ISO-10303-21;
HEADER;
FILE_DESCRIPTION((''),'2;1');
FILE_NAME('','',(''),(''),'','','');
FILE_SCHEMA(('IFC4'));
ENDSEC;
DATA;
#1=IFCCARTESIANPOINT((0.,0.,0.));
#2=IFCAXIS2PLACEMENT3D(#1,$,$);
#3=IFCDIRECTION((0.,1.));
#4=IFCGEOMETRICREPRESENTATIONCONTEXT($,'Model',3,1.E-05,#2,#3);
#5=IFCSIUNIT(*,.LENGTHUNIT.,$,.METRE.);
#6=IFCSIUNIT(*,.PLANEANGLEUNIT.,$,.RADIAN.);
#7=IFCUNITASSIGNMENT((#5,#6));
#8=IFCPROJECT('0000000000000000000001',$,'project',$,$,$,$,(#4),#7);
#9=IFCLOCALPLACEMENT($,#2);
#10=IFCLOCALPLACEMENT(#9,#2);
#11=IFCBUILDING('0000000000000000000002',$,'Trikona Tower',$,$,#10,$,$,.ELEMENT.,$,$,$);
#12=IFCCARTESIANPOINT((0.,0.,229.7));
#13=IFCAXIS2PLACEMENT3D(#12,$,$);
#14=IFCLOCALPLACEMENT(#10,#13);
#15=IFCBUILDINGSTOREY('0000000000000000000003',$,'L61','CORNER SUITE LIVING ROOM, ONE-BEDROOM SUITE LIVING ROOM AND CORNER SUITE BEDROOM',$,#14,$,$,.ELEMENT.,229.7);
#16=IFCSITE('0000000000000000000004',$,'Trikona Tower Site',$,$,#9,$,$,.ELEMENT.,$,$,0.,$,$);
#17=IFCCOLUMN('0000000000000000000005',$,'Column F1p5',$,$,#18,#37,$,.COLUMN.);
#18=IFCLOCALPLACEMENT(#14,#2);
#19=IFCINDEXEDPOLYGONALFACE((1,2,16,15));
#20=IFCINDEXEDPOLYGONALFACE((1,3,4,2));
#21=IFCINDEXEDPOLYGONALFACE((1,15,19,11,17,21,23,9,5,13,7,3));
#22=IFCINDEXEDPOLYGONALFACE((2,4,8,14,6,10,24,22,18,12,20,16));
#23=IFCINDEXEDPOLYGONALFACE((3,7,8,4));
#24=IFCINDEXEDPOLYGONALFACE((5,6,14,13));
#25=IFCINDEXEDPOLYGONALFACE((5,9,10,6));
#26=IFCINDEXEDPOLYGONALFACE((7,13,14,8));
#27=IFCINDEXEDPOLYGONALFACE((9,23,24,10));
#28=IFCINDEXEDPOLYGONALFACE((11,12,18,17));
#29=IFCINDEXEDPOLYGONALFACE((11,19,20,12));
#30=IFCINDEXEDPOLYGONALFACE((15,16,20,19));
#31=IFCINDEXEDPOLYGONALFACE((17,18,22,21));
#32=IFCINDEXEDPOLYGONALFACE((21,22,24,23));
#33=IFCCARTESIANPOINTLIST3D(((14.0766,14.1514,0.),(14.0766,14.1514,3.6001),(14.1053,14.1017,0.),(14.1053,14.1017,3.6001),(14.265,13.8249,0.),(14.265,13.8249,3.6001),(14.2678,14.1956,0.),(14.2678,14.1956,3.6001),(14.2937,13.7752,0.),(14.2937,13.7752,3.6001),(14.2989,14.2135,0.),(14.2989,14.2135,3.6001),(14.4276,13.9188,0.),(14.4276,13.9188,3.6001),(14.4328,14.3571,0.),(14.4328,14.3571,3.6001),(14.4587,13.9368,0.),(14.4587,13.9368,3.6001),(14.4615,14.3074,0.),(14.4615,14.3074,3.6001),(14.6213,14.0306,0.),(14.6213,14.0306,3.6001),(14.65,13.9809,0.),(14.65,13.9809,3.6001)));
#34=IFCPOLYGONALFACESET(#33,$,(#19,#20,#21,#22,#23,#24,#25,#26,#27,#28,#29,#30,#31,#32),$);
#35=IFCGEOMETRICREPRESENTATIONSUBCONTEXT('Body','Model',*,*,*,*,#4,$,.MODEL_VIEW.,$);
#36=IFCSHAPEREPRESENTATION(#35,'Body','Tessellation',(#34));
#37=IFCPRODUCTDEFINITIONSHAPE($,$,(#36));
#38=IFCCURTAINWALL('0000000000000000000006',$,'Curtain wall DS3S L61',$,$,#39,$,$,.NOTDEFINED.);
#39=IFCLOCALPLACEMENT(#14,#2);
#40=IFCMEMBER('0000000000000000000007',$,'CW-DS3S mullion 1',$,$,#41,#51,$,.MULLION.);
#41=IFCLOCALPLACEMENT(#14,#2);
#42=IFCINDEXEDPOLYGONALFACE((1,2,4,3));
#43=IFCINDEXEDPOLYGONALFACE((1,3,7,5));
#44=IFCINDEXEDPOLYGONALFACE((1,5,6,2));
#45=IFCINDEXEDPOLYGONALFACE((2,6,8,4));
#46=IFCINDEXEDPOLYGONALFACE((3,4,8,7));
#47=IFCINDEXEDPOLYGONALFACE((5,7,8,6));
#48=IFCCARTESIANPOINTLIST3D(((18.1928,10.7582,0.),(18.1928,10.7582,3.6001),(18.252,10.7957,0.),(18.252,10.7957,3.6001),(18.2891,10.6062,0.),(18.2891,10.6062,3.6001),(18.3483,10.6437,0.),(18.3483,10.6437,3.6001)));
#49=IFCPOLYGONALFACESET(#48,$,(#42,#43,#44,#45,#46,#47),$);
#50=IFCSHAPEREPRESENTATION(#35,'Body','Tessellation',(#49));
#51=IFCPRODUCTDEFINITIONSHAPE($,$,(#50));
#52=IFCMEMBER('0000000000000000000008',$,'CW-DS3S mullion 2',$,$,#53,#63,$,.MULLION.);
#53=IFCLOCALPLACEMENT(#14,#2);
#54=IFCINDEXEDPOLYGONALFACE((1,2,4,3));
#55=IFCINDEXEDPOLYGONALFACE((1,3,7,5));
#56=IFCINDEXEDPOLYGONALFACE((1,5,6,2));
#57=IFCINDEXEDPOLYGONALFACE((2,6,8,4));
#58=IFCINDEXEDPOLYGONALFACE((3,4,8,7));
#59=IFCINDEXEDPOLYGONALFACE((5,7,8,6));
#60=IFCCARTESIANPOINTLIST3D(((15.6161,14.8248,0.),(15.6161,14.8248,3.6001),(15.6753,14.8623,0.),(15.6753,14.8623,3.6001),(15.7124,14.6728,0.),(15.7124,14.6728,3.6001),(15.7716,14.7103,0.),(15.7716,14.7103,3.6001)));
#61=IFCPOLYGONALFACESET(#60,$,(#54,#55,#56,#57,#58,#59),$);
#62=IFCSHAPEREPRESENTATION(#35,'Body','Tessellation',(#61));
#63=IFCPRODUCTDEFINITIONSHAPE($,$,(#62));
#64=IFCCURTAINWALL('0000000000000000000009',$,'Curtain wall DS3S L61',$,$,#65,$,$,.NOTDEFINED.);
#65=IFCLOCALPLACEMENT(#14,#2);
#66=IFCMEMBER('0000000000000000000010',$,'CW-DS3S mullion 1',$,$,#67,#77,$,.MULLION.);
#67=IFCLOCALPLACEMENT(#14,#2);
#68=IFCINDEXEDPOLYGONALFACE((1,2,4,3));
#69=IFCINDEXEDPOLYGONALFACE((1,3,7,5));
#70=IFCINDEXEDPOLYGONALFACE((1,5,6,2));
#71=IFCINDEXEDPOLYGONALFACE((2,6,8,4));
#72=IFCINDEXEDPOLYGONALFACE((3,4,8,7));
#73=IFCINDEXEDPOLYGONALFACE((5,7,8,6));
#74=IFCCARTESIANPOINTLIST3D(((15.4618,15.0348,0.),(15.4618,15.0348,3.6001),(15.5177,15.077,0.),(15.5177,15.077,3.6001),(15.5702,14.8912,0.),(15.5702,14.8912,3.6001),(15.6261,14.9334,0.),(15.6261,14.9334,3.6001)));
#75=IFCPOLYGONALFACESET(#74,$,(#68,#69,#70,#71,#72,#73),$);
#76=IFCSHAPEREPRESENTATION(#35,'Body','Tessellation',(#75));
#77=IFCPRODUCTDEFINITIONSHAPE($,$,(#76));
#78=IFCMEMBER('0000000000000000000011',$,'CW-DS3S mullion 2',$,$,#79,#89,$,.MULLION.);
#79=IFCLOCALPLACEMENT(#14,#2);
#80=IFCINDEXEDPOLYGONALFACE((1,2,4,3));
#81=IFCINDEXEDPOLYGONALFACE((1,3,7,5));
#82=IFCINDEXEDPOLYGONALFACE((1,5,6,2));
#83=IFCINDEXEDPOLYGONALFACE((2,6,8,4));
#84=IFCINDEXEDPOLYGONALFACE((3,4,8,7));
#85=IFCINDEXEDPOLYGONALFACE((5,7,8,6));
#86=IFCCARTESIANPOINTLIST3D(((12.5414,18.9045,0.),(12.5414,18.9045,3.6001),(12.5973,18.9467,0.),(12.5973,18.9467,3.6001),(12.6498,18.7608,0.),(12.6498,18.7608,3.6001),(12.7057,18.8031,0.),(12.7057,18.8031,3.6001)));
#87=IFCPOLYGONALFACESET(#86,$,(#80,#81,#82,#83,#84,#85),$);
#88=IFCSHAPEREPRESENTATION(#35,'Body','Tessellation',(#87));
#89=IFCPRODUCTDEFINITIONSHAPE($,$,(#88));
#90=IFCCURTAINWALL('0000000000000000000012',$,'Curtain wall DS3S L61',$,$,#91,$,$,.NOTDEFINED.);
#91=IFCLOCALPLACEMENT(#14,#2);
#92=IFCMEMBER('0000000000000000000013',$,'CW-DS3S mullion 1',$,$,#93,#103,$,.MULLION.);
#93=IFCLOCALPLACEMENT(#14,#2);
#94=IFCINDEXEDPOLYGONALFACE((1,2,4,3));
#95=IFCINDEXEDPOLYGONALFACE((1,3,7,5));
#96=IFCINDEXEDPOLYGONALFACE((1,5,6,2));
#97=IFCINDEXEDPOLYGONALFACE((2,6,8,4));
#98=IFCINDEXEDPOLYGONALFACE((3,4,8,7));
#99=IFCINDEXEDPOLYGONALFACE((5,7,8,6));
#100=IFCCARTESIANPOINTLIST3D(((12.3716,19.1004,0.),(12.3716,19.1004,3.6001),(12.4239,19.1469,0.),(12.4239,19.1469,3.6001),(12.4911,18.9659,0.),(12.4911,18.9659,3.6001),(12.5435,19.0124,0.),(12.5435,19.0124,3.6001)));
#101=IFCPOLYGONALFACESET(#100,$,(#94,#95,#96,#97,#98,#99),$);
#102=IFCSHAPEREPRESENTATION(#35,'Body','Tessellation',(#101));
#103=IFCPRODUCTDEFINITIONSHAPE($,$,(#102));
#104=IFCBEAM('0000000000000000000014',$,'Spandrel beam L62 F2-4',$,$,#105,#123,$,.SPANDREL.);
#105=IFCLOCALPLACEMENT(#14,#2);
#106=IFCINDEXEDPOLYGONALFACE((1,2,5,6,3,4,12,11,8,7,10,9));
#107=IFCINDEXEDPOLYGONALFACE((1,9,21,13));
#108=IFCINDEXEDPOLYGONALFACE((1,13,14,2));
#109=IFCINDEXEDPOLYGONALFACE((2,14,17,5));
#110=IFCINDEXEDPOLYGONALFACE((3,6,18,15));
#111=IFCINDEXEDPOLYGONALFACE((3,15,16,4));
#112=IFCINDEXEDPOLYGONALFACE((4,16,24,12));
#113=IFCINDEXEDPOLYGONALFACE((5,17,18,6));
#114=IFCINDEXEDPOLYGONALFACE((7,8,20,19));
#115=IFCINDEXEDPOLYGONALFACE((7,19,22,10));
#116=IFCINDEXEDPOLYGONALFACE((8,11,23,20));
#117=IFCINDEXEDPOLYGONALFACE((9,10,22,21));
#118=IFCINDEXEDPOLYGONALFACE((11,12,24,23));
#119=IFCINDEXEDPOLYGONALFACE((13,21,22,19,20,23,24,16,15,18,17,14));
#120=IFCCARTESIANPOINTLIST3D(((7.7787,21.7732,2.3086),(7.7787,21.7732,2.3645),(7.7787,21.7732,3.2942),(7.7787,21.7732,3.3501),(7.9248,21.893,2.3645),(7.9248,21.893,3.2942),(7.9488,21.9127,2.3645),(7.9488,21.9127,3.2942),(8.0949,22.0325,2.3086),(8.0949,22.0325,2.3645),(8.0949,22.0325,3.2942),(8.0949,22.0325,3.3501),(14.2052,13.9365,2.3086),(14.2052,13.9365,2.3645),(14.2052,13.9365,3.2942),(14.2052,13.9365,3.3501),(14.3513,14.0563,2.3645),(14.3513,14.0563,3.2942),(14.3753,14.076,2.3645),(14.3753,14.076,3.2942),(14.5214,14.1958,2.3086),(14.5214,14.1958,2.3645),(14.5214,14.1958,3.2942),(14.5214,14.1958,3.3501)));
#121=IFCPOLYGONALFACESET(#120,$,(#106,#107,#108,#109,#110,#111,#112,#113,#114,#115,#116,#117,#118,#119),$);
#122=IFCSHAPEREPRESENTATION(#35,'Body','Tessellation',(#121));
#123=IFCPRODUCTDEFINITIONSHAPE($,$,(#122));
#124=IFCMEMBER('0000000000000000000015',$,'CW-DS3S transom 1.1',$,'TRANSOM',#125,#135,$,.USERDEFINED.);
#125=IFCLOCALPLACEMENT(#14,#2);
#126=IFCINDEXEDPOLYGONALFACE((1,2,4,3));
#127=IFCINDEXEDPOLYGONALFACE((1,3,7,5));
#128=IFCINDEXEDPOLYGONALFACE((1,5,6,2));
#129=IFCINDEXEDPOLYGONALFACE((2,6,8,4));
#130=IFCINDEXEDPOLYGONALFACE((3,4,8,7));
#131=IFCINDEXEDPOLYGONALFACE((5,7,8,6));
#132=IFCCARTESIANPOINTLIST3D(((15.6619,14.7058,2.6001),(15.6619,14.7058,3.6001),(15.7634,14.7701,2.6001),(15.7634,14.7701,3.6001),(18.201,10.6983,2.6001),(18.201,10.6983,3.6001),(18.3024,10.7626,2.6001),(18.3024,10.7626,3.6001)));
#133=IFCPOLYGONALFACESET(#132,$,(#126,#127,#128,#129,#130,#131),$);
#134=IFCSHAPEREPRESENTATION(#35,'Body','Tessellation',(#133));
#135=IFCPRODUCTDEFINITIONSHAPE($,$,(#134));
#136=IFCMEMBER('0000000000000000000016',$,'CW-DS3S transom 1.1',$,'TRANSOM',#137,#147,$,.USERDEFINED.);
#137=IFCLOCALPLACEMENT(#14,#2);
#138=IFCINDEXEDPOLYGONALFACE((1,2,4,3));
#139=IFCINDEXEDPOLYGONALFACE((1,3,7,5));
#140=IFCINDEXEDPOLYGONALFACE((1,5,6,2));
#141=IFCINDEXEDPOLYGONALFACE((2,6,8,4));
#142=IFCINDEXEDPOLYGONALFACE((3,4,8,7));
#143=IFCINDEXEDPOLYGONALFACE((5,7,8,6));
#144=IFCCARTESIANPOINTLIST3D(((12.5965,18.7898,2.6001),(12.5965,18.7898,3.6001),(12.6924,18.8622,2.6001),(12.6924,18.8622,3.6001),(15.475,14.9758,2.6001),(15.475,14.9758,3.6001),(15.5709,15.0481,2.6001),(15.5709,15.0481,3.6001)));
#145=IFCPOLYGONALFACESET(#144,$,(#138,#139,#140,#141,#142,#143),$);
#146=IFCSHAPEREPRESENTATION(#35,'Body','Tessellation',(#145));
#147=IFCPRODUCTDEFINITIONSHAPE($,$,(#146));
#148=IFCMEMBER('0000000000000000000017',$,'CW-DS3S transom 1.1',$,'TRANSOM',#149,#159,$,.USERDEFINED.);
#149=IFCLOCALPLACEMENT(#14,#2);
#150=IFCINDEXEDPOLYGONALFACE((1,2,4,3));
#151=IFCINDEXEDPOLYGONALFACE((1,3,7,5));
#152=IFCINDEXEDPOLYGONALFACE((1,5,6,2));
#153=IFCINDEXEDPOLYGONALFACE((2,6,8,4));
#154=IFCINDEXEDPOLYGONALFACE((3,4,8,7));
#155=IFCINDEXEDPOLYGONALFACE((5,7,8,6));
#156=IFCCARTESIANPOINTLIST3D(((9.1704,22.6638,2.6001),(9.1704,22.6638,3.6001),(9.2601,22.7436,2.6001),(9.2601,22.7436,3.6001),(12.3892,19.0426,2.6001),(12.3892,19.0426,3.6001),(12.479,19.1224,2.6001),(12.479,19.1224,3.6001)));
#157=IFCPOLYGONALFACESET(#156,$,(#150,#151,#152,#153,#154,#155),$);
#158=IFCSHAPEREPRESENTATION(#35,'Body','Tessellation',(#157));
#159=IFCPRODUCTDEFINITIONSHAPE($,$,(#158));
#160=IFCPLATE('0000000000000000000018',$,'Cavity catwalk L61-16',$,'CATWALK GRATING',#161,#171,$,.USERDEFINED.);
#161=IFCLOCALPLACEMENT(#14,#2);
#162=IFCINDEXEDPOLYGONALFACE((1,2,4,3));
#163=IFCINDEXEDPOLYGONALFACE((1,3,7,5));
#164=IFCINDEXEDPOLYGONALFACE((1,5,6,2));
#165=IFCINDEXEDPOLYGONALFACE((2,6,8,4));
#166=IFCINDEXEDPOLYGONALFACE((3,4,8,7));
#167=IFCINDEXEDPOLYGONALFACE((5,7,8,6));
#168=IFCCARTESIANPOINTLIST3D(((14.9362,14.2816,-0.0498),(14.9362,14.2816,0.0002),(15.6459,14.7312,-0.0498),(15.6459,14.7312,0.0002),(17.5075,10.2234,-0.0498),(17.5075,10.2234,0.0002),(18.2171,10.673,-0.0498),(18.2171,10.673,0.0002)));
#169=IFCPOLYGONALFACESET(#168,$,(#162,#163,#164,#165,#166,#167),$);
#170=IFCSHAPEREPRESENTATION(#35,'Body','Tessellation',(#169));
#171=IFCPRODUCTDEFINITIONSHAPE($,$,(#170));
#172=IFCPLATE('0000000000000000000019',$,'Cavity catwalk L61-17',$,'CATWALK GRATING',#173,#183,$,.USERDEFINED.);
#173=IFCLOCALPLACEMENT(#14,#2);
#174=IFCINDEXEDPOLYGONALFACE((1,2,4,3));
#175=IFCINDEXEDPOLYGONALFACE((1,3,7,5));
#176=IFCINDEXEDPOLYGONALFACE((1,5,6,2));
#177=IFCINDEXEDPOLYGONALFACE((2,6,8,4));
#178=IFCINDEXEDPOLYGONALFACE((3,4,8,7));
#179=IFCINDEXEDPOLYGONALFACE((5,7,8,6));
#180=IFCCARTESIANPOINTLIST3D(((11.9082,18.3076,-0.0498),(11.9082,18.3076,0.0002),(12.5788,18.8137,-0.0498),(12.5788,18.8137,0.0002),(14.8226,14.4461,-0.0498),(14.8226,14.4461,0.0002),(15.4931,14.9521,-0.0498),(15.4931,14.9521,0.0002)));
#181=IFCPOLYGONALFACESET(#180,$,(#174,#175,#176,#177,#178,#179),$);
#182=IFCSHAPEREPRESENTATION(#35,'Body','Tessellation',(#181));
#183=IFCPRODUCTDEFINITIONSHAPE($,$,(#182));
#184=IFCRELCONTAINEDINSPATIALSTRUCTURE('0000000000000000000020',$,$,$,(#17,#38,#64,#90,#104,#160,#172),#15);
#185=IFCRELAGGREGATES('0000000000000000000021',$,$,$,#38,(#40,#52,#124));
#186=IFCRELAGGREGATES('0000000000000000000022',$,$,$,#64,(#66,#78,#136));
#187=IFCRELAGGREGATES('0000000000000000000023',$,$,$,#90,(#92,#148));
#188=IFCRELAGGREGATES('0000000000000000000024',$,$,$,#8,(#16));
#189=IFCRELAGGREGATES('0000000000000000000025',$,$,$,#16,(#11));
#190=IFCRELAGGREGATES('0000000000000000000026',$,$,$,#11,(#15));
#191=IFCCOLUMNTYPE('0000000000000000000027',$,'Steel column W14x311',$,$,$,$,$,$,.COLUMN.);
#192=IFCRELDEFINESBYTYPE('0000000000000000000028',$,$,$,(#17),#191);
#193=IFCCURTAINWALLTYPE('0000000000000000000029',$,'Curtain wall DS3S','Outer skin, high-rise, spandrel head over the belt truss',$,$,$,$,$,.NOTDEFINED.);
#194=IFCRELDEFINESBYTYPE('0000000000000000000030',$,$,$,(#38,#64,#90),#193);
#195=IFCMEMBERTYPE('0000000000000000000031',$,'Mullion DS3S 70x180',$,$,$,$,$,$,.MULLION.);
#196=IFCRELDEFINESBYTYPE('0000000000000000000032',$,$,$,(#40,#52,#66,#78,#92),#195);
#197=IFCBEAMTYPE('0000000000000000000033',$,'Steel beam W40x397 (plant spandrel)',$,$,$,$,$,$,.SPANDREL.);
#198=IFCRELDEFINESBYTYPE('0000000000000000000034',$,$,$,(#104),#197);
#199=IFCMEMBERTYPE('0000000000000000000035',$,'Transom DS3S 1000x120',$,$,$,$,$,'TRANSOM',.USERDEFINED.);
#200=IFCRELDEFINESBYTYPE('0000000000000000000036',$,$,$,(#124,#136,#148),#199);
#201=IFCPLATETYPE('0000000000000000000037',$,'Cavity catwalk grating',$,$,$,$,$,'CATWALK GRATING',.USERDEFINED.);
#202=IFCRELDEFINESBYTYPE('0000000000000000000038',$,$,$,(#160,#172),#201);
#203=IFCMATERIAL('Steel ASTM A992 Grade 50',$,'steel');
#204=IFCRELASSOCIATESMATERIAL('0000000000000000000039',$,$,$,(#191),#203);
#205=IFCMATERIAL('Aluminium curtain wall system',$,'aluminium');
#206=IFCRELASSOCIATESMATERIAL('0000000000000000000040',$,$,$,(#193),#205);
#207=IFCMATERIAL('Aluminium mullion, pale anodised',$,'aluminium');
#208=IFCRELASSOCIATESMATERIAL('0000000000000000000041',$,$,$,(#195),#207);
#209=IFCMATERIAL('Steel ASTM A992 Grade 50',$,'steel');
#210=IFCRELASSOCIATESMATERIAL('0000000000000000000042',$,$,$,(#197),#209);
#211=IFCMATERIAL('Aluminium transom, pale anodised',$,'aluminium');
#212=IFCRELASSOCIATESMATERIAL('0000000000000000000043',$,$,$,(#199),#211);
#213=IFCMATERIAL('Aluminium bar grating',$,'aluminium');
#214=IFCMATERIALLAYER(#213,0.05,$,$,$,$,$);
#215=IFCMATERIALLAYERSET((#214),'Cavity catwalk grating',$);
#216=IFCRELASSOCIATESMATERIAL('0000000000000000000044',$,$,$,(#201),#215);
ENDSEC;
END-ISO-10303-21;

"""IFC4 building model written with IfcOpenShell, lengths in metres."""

from ifc_helpers import new_model, si_unit, direction, frame, origin, origin_2d, place, context, subcontext, project, spatial, rectangle, i_section, extrude, material, layer, layer_set, material_profile, profile_set, type_object, element, aggregate, save


model = new_model("IFC4")

# Units and contexts
model_context = context("Model", 3, precision=1e-05, world=origin(), true_north=direction((0.0, 1.0)))
body_context = subcontext(model_context, "Body", "Model", "MODEL_VIEW")
ifc_project = project(units=[si_unit("LENGTHUNIT", "METRE"), si_unit("PLANEANGLEUNIT", "RADIAN")], contexts=[model_context])

# Site, building, storey
site_placement = place(None, origin())
site = spatial("IfcSite", under=ifc_project, at=site_placement, Name="Trikona Tower Site", CompositionType="ELEMENT", RefElevation=0.0)
building_placement = place(site_placement, origin())
building = spatial("IfcBuilding", under=site, at=building_placement, Name="Trikona Tower", CompositionType="ELEMENT")
storey_placement = place(building_placement, frame((0.0, 0.0, 229.7)))
storey = spatial("IfcBuildingStorey", under=building, at=storey_placement, Name="L61", Description="CORNER SUITE LIVING ROOM, ONE-BEDROOM SUITE LIVING ROOM AND CORNER SUITE BEDROOM", CompositionType="ELEMENT", Elevation=229.7)

# Column
ifc_material_1 = material(Name="Steel ASTM A992 Grade 50", Category="steel")
ifc_material_profile_1 = material_profile(ifc_material_1, i_section(OverallWidth=0.4114, OverallDepth=0.4343, WebThickness=0.0359, FlangeThickness=0.0574, at=origin_2d()), Name="W14X311")
ifc_profile_set_1 = profile_set([ifc_material_profile_1], Name="Steel ASTM A992 Grade 50")
column_type = type_object("IfcColumnType", Name="Steel column W14x311", PredefinedType="COLUMN", material=ifc_profile_set_1)
column_placement = place(storey_placement, frame((14.3633, 14.0662, 0.0), z_axis=(0.0, 0.0, 1.0), x_axis=(0.866025, 0.5, 0.0)))
element("IfcColumn", 1, at=column_placement, inside=storey, type_object=column_type, Name="Column F1p5", PredefinedType="COLUMN", context=body_context, shape_type="SweptSolid", body=[
    extrude(i_section(OverallWidth=0.4114, OverallDepth=0.4343, WebThickness=0.0359, FlangeThickness=0.0574, at=origin_2d()), origin(), (0.0, 0.0, 1.0), 3.6001),
])

# Curtain walls, members
ifc_material_2 = material(Name="Aluminium curtain wall system", Category="aluminium")
curtain_wall_type = type_object("IfcCurtainWallType", Name="Curtain wall DS3S", Description="Outer skin, high-rise, spandrel head over the belt truss", PredefinedType="NOTDEFINED", material=ifc_material_2)
curtain_wall_1_placement = place(storey_placement, origin())
curtain_wall_1 = element("IfcCurtainWall", 2, at=curtain_wall_1_placement, inside=storey, type_object=curtain_wall_type, Name="Curtain wall DS3S L61", PredefinedType="NOTDEFINED")
ifc_material_3 = material(Name="Aluminium mullion, pale anodised", Category="aluminium")
ifc_material_profile_2 = material_profile(ifc_material_3, rectangle(XDim=0.0701, YDim=0.1799, at=origin_2d()), Name="MUL-DS3S")
ifc_profile_set_2 = profile_set([ifc_material_profile_2], Name="Aluminium mullion, pale anodised")
member_type_1 = type_object("IfcMemberType", Name="Mullion DS3S 70x180", PredefinedType="MULLION", material=ifc_profile_set_2)
member_1_placement = place(storey_placement, frame((18.2705, 10.7009, 0.0), z_axis=(0.0, 0.0, 1.0), x_axis=(-0.844727, -0.535197, 0.0)))
member_1 = element("IfcMember", 3, at=member_1_placement, type_object=member_type_1, Name="CW-DS3S mullion 1", PredefinedType="MULLION", context=body_context, shape_type="SweptSolid", body=[
    extrude(rectangle(XDim=0.0701, YDim=0.1799, at=origin_2d()), origin(), (0.0, 0.0, 1.0), 3.6001),
])
member_2_placement = place(storey_placement, frame((15.6938, 14.7676, 0.0), z_axis=(0.0, 0.0, 1.0), x_axis=(-0.844727, -0.535197, 0.0)))
member_2 = element("IfcMember", 4, at=member_2_placement, type_object=member_type_1, Name="CW-DS3S mullion 2", PredefinedType="MULLION", context=body_context, shape_type="SweptSolid", body=[
    extrude(rectangle(XDim=0.0701, YDim=0.1799, at=origin_2d()), origin(), (0.0, 0.0, 1.0), 3.6001),
])
curtain_wall_2_placement = place(storey_placement, origin())
curtain_wall_2 = element("IfcCurtainWall", 5, at=curtain_wall_2_placement, inside=storey, type_object=curtain_wall_type, Name="Curtain wall DS3S L61", PredefinedType="NOTDEFINED")
member_3_placement = place(storey_placement, frame((15.5439, 14.9841, 0.0), z_axis=(0.0, 0.0, 1.0), x_axis=(-0.798193, -0.602402, 0.0)))
member_3 = element("IfcMember", 6, at=member_3_placement, type_object=member_type_1, Name="CW-DS3S mullion 1", PredefinedType="MULLION", context=body_context, shape_type="SweptSolid", body=[
    extrude(rectangle(XDim=0.0701, YDim=0.1799, at=origin_2d()), origin(), (0.0, 0.0, 1.0), 3.6001),
])
member_4_placement = place(storey_placement, frame((12.6235, 18.8538, 0.0), z_axis=(0.0, 0.0, 1.0), x_axis=(-0.798193, -0.602402, 0.0)))
member_4 = element("IfcMember", 7, at=member_4_placement, type_object=member_type_1, Name="CW-DS3S mullion 2", PredefinedType="MULLION", context=body_context, shape_type="SweptSolid", body=[
    extrude(rectangle(XDim=0.0701, YDim=0.1799, at=origin_2d()), origin(), (0.0, 0.0, 1.0), 3.6001),
])

# Curtain wall, member
curtain_wall_3_placement = place(storey_placement, origin())
curtain_wall_3 = element("IfcCurtainWall", 8, at=curtain_wall_3_placement, inside=storey, type_object=curtain_wall_type, Name="Curtain wall DS3S L61", PredefinedType="NOTDEFINED")
member_5_placement = place(storey_placement, frame((12.4575, 19.0564, 0.0), z_axis=(0.0, 0.0, 1.0), x_axis=(-0.747403, -0.664371, 0.0)))
member_5 = element("IfcMember", 9, at=member_5_placement, type_object=member_type_1, Name="CW-DS3S mullion 1", PredefinedType="MULLION", context=body_context, shape_type="SweptSolid", body=[
    extrude(rectangle(XDim=0.0701, YDim=0.1799, at=origin_2d()), origin(), (0.0, 0.0, 1.0), 3.6001),
])

# Beam
ifc_material_4 = material(Name="Steel ASTM A992 Grade 50", Category="steel")
ifc_material_profile_3 = material_profile(ifc_material_4, i_section(OverallWidth=0.4089, OverallDepth=1.0415, WebThickness=0.031, FlangeThickness=0.0559, at=origin_2d()), Name="W40X397")
ifc_profile_set_3 = profile_set([ifc_material_profile_3], Name="Steel ASTM A992 Grade 50")
beam_type = type_object("IfcBeamType", Name="Steel beam W40x397 (plant spandrel)", PredefinedType="SPANDREL", material=ifc_profile_set_3)
beam_placement = place(storey_placement, frame((14.3633, 14.0662, 2.8293), z_axis=(-0.634106, 0.773246, 0.0), x_axis=(-0.773246, -0.634106, 0.0)))
element("IfcBeam", 10, at=beam_placement, inside=storey, type_object=beam_type, Name="Spandrel beam L62 F2-4", PredefinedType="SPANDREL", context=body_context, shape_type="SweptSolid", body=[
    extrude(i_section(OverallWidth=0.4089, OverallDepth=1.0415, WebThickness=0.031, FlangeThickness=0.0559, at=origin_2d()), origin(), (0.0, 0.0, 1.0), 10.1348),
])

# Members
ifc_material_5 = material(Name="Aluminium transom, pale anodised", Category="aluminium")
ifc_material_profile_4 = material_profile(ifc_material_5, rectangle(XDim=0.1201, YDim=1.0, at=origin_2d()), Name="TRN-DS3S")
ifc_profile_set_4 = profile_set([ifc_material_profile_4], Name="Aluminium transom, pale anodised")
member_type_2 = type_object("IfcMemberType", Name="Transom DS3S 1000x120", ElementType="TRANSOM", PredefinedType="USERDEFINED", material=ifc_profile_set_4)
member_6_placement = place(storey_placement, frame((18.2517, 10.7305, 3.1001), z_axis=(-0.535193, 0.84473, 0.0), x_axis=(-0.84473, -0.535193, 0.0)))
member_6 = element("IfcMember", 11, at=member_6_placement, type_object=member_type_2, Name="CW-DS3S transom 1.1", ObjectType="TRANSOM", PredefinedType="USERDEFINED", context=body_context, shape_type="SweptSolid", body=[
    extrude(rectangle(XDim=0.1201, YDim=1.0, at=origin_2d()), origin(), (0.0, 0.0, 1.0), 4.7441),
])
member_7_placement = place(storey_placement, frame((15.5229, 15.012, 3.1001), z_axis=(-0.602401, 0.798194, 0.0), x_axis=(-0.798194, -0.602401, 0.0)))
member_7 = element("IfcMember", 12, at=member_7_placement, type_object=member_type_2, Name="CW-DS3S transom 1.1", ObjectType="TRANSOM", PredefinedType="USERDEFINED", context=body_context, shape_type="SweptSolid", body=[
    extrude(rectangle(XDim=0.1201, YDim=1.0, at=origin_2d()), origin(), (0.0, 0.0, 1.0), 4.7783),
])
member_8_placement = place(storey_placement, frame((12.4341, 19.0825, 3.1001), z_axis=(-0.664364, 0.747409, 0.0), x_axis=(-0.747409, -0.664364, 0.0)))
member_8 = element("IfcMember", 13, at=member_8_placement, type_object=member_type_2, Name="CW-DS3S transom 1.1", ObjectType="TRANSOM", PredefinedType="USERDEFINED", context=body_context, shape_type="SweptSolid", body=[
    extrude(rectangle(XDim=0.1201, YDim=1.0, at=origin_2d()), origin(), (0.0, 0.0, 1.0), 4.845),
])

# Plates
ifc_material_6 = material(Name="Aluminium bar grating", Category="aluminium")
ifc_layer_1 = layer(ifc_material_6, 0.05)
ifc_layer_set_1 = layer_set([ifc_layer_1], Name="Cavity catwalk grating")
plate_type_1 = type_object("IfcPlateType", Name="Cavity catwalk grating", ElementType="CATWALK GRATING", PredefinedType="USERDEFINED", material=ifc_layer_set_1)
plate_1_placement = place(storey_placement, frame((16.5767, 12.4773, -0.0498), z_axis=(0.0, 0.0, 1.0), x_axis=(-0.535205, 0.844722, 0.0)))
element("IfcPlate", 14, at=plate_1_placement, inside=storey, type_object=plate_type_1, Name="Cavity catwalk L61-16", ObjectType="CATWALK GRATING", PredefinedType="USERDEFINED", context=body_context, shape_type="SweptSolid", body=[
    extrude(rectangle(XDim=4.8042, YDim=0.8401, at=origin_2d()), origin(), (0.0, 0.0, 1.0), 0.05),
])
plate_2_placement = place(storey_placement, frame((13.7007, 16.6299, -0.0498), z_axis=(0.0, 0.0, 1.0), x_axis=(-0.602402, 0.798193, 0.0)))
element("IfcPlate", 15, at=plate_2_placement, inside=storey, type_object=plate_type_1, Name="Cavity catwalk L61-17", ObjectType="CATWALK GRATING", PredefinedType="USERDEFINED", context=body_context, shape_type="SweptSolid", body=[
    extrude(rectangle(XDim=4.8379, YDim=0.8401, at=origin_2d()), origin(), (0.0, 0.0, 1.0), 0.05),
])

aggregate(curtain_wall_1, [member_1, member_2, member_6])
aggregate(curtain_wall_2, [member_3, member_4, member_7])
aggregate(curtain_wall_3, [member_5, member_8])

save(model, "model.ifc")
